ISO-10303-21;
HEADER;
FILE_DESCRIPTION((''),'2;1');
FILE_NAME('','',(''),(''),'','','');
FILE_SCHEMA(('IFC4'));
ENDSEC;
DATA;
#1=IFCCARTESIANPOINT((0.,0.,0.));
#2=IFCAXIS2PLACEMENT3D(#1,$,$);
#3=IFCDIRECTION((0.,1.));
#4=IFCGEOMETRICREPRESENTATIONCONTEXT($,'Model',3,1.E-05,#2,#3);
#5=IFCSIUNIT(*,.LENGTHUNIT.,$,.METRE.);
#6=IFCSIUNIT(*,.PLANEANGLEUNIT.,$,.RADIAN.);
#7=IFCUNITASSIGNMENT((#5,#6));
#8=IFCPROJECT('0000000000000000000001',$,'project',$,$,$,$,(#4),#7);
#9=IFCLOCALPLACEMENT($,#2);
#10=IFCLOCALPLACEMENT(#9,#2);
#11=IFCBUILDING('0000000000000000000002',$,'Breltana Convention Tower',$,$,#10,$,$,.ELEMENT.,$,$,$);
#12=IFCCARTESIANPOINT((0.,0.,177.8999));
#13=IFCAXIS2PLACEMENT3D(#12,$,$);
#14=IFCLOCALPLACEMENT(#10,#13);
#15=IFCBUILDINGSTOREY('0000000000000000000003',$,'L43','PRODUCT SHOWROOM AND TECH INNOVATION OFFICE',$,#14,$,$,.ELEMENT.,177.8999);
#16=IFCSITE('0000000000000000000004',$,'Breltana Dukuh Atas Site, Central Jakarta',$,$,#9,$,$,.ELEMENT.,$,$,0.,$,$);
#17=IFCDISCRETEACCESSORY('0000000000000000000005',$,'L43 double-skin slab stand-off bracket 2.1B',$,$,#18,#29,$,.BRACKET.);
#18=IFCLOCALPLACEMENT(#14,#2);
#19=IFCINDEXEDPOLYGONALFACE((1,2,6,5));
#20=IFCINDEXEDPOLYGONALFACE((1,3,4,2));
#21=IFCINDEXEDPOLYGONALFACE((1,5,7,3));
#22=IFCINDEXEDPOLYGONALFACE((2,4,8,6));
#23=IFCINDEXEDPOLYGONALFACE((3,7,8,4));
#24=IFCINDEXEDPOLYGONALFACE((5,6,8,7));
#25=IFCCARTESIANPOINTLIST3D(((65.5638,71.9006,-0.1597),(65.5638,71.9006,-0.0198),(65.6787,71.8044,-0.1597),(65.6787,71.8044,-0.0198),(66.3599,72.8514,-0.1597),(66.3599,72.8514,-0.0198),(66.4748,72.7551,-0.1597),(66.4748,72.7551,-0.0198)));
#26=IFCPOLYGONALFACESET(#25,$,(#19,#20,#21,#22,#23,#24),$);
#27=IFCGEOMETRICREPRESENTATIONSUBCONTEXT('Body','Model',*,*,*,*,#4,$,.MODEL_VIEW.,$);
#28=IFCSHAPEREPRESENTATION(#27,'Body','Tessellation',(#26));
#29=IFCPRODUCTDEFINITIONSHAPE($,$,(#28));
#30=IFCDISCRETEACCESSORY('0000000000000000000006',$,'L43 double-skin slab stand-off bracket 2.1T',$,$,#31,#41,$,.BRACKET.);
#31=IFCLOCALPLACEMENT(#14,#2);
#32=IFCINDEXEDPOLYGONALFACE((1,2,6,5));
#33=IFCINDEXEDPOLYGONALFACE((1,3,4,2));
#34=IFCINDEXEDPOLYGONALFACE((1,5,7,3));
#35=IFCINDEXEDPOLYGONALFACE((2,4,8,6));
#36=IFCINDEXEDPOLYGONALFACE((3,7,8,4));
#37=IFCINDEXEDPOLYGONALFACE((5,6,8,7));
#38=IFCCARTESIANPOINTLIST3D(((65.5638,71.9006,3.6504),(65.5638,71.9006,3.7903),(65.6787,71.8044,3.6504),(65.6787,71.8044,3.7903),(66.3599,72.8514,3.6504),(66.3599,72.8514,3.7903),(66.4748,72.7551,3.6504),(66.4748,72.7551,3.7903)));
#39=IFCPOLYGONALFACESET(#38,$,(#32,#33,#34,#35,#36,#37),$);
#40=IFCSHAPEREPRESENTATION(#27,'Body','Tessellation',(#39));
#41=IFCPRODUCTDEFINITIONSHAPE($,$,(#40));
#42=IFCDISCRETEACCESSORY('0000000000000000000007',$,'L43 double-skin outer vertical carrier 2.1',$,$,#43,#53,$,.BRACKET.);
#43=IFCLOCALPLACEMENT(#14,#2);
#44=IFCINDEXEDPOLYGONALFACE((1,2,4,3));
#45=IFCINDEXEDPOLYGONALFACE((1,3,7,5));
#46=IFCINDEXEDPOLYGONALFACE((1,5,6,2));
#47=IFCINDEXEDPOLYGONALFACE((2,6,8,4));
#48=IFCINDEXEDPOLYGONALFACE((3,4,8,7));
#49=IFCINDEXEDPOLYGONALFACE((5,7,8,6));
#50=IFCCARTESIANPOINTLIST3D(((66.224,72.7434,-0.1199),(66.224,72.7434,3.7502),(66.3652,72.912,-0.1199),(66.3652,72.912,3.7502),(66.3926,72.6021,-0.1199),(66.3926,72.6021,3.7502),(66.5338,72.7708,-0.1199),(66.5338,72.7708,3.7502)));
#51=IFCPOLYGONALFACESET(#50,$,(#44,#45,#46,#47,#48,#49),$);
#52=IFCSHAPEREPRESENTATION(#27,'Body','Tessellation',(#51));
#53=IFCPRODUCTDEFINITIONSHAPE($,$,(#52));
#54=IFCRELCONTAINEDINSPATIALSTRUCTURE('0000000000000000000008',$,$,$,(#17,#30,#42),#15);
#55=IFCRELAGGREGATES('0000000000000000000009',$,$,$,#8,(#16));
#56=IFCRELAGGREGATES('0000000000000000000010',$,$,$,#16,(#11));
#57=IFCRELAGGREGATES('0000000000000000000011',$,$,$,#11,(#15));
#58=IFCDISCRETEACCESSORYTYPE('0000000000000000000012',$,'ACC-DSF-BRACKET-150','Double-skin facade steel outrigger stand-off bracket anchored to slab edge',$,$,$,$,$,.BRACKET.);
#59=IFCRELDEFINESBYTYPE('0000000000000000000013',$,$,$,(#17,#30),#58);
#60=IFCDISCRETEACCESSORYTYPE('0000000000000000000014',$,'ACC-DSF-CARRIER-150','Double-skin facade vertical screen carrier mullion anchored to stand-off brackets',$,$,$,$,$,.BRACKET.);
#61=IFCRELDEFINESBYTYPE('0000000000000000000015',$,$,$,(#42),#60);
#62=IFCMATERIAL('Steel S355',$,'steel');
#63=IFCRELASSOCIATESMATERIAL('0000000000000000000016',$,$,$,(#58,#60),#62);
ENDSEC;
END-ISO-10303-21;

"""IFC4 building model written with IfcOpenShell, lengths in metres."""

from ifc_helpers import new_model, si_unit, direction, frame, origin, origin_2d, place, context, subcontext, project, spatial, rectangle, extrude, source, transform, mapped, material, type_object, type_shapes, element, save


model = new_model("IFC4")

# Units and contexts
model_context = context("Model", 3, precision=1e-05, world=origin(), true_north=direction((0.0, 1.0)))
body_context = subcontext(model_context, "Body", "Model", "MODEL_VIEW")
ifc_project = project(units=[si_unit("LENGTHUNIT", "METRE"), si_unit("PLANEANGLEUNIT", "RADIAN")], contexts=[model_context])

# Site, building, storey
site_placement = place(None, origin())
site = spatial("IfcSite", under=ifc_project, at=site_placement, Name="Breltana Dukuh Atas Site, Central Jakarta", CompositionType="ELEMENT", RefElevation=0.0)
building_placement = place(site_placement, origin())
building = spatial("IfcBuilding", under=site, at=building_placement, Name="Breltana Convention Tower", CompositionType="ELEMENT")
storey_placement = place(building_placement, frame((0.0, 0.0, 177.8999)))
storey = spatial("IfcBuildingStorey", under=building, at=storey_placement, Name="L43", Description="PRODUCT SHOWROOM AND TECH INNOVATION OFFICE", CompositionType="ELEMENT", Elevation=177.8999)

# Discrete accessories
ifc_material_1 = material(Name="Steel S355", Category="steel")
discrete_accessory_type_1 = type_object("IfcDiscreteAccessoryType", Name="ACC-DSF-BRACKET-150", Description="Double-skin facade steel outrigger stand-off bracket anchored to slab edge", PredefinedType="BRACKET", material=ifc_material_1)
shared_shape_1 = source(origin(), body_context, "Body", "SweptSolid", [
    extrude(rectangle(XDim=1.24, YDim=0.1499, at=origin_2d()), origin(), (0.0, 0.0, 1.0), 0.1399),
])
type_shapes(discrete_accessory_type_1, [shared_shape_1])
for number, where, z_axis, x_axis, name in (
    (1, (66.0193, 72.3279, -0.1597), (0.0, 0.0, 1.0), (0.641989, 0.766714, 0.0), "L43 double-skin slab stand-off bracket 2.1B"),
    (2, (66.0193, 72.3279, 3.6504), (0.0, 0.0, 1.0), (0.641989, 0.766714, 0.0), "L43 double-skin slab stand-off bracket 2.1T"),
):
    element("IfcDiscreteAccessory", number, at=place(storey_placement, frame(where, z_axis=z_axis, x_axis=x_axis)), inside=storey, type_object=discrete_accessory_type_1, Name=name, PredefinedType="BRACKET", context=body_context, shape_type="MappedRepresentation", body=[
        mapped(shared_shape_1, transform((0.0, 0.0, 0.0), scale=1.0)),
    ])
discrete_accessory_type_2 = type_object("IfcDiscreteAccessoryType", Name="ACC-DSF-CARRIER-150", Description="Double-skin facade vertical screen carrier mullion anchored to stand-off brackets", PredefinedType="BRACKET", material=ifc_material_1)
shared_shape_2 = source(origin(), body_context, "Body", "SweptSolid", [
    extrude(rectangle(XDim=0.22, YDim=0.22, at=origin_2d()), origin(), (0.0, 0.0, 1.0), 3.8701),
])
discrete_accessory_placement = place(storey_placement, frame((66.3789, 72.7571, -0.1199), z_axis=(0.0, 0.0, 1.0), x_axis=(0.641989, 0.766714, 0.0)))
element("IfcDiscreteAccessory", 3, at=discrete_accessory_placement, inside=storey, type_object=discrete_accessory_type_2, Name="L43 double-skin outer vertical carrier 2.1", PredefinedType="BRACKET", context=body_context, shape_type="MappedRepresentation", body=[
    mapped(shared_shape_2, transform((0.0, 0.0, 0.0), scale=1.0)),
])

save(model, "model.ifc")
